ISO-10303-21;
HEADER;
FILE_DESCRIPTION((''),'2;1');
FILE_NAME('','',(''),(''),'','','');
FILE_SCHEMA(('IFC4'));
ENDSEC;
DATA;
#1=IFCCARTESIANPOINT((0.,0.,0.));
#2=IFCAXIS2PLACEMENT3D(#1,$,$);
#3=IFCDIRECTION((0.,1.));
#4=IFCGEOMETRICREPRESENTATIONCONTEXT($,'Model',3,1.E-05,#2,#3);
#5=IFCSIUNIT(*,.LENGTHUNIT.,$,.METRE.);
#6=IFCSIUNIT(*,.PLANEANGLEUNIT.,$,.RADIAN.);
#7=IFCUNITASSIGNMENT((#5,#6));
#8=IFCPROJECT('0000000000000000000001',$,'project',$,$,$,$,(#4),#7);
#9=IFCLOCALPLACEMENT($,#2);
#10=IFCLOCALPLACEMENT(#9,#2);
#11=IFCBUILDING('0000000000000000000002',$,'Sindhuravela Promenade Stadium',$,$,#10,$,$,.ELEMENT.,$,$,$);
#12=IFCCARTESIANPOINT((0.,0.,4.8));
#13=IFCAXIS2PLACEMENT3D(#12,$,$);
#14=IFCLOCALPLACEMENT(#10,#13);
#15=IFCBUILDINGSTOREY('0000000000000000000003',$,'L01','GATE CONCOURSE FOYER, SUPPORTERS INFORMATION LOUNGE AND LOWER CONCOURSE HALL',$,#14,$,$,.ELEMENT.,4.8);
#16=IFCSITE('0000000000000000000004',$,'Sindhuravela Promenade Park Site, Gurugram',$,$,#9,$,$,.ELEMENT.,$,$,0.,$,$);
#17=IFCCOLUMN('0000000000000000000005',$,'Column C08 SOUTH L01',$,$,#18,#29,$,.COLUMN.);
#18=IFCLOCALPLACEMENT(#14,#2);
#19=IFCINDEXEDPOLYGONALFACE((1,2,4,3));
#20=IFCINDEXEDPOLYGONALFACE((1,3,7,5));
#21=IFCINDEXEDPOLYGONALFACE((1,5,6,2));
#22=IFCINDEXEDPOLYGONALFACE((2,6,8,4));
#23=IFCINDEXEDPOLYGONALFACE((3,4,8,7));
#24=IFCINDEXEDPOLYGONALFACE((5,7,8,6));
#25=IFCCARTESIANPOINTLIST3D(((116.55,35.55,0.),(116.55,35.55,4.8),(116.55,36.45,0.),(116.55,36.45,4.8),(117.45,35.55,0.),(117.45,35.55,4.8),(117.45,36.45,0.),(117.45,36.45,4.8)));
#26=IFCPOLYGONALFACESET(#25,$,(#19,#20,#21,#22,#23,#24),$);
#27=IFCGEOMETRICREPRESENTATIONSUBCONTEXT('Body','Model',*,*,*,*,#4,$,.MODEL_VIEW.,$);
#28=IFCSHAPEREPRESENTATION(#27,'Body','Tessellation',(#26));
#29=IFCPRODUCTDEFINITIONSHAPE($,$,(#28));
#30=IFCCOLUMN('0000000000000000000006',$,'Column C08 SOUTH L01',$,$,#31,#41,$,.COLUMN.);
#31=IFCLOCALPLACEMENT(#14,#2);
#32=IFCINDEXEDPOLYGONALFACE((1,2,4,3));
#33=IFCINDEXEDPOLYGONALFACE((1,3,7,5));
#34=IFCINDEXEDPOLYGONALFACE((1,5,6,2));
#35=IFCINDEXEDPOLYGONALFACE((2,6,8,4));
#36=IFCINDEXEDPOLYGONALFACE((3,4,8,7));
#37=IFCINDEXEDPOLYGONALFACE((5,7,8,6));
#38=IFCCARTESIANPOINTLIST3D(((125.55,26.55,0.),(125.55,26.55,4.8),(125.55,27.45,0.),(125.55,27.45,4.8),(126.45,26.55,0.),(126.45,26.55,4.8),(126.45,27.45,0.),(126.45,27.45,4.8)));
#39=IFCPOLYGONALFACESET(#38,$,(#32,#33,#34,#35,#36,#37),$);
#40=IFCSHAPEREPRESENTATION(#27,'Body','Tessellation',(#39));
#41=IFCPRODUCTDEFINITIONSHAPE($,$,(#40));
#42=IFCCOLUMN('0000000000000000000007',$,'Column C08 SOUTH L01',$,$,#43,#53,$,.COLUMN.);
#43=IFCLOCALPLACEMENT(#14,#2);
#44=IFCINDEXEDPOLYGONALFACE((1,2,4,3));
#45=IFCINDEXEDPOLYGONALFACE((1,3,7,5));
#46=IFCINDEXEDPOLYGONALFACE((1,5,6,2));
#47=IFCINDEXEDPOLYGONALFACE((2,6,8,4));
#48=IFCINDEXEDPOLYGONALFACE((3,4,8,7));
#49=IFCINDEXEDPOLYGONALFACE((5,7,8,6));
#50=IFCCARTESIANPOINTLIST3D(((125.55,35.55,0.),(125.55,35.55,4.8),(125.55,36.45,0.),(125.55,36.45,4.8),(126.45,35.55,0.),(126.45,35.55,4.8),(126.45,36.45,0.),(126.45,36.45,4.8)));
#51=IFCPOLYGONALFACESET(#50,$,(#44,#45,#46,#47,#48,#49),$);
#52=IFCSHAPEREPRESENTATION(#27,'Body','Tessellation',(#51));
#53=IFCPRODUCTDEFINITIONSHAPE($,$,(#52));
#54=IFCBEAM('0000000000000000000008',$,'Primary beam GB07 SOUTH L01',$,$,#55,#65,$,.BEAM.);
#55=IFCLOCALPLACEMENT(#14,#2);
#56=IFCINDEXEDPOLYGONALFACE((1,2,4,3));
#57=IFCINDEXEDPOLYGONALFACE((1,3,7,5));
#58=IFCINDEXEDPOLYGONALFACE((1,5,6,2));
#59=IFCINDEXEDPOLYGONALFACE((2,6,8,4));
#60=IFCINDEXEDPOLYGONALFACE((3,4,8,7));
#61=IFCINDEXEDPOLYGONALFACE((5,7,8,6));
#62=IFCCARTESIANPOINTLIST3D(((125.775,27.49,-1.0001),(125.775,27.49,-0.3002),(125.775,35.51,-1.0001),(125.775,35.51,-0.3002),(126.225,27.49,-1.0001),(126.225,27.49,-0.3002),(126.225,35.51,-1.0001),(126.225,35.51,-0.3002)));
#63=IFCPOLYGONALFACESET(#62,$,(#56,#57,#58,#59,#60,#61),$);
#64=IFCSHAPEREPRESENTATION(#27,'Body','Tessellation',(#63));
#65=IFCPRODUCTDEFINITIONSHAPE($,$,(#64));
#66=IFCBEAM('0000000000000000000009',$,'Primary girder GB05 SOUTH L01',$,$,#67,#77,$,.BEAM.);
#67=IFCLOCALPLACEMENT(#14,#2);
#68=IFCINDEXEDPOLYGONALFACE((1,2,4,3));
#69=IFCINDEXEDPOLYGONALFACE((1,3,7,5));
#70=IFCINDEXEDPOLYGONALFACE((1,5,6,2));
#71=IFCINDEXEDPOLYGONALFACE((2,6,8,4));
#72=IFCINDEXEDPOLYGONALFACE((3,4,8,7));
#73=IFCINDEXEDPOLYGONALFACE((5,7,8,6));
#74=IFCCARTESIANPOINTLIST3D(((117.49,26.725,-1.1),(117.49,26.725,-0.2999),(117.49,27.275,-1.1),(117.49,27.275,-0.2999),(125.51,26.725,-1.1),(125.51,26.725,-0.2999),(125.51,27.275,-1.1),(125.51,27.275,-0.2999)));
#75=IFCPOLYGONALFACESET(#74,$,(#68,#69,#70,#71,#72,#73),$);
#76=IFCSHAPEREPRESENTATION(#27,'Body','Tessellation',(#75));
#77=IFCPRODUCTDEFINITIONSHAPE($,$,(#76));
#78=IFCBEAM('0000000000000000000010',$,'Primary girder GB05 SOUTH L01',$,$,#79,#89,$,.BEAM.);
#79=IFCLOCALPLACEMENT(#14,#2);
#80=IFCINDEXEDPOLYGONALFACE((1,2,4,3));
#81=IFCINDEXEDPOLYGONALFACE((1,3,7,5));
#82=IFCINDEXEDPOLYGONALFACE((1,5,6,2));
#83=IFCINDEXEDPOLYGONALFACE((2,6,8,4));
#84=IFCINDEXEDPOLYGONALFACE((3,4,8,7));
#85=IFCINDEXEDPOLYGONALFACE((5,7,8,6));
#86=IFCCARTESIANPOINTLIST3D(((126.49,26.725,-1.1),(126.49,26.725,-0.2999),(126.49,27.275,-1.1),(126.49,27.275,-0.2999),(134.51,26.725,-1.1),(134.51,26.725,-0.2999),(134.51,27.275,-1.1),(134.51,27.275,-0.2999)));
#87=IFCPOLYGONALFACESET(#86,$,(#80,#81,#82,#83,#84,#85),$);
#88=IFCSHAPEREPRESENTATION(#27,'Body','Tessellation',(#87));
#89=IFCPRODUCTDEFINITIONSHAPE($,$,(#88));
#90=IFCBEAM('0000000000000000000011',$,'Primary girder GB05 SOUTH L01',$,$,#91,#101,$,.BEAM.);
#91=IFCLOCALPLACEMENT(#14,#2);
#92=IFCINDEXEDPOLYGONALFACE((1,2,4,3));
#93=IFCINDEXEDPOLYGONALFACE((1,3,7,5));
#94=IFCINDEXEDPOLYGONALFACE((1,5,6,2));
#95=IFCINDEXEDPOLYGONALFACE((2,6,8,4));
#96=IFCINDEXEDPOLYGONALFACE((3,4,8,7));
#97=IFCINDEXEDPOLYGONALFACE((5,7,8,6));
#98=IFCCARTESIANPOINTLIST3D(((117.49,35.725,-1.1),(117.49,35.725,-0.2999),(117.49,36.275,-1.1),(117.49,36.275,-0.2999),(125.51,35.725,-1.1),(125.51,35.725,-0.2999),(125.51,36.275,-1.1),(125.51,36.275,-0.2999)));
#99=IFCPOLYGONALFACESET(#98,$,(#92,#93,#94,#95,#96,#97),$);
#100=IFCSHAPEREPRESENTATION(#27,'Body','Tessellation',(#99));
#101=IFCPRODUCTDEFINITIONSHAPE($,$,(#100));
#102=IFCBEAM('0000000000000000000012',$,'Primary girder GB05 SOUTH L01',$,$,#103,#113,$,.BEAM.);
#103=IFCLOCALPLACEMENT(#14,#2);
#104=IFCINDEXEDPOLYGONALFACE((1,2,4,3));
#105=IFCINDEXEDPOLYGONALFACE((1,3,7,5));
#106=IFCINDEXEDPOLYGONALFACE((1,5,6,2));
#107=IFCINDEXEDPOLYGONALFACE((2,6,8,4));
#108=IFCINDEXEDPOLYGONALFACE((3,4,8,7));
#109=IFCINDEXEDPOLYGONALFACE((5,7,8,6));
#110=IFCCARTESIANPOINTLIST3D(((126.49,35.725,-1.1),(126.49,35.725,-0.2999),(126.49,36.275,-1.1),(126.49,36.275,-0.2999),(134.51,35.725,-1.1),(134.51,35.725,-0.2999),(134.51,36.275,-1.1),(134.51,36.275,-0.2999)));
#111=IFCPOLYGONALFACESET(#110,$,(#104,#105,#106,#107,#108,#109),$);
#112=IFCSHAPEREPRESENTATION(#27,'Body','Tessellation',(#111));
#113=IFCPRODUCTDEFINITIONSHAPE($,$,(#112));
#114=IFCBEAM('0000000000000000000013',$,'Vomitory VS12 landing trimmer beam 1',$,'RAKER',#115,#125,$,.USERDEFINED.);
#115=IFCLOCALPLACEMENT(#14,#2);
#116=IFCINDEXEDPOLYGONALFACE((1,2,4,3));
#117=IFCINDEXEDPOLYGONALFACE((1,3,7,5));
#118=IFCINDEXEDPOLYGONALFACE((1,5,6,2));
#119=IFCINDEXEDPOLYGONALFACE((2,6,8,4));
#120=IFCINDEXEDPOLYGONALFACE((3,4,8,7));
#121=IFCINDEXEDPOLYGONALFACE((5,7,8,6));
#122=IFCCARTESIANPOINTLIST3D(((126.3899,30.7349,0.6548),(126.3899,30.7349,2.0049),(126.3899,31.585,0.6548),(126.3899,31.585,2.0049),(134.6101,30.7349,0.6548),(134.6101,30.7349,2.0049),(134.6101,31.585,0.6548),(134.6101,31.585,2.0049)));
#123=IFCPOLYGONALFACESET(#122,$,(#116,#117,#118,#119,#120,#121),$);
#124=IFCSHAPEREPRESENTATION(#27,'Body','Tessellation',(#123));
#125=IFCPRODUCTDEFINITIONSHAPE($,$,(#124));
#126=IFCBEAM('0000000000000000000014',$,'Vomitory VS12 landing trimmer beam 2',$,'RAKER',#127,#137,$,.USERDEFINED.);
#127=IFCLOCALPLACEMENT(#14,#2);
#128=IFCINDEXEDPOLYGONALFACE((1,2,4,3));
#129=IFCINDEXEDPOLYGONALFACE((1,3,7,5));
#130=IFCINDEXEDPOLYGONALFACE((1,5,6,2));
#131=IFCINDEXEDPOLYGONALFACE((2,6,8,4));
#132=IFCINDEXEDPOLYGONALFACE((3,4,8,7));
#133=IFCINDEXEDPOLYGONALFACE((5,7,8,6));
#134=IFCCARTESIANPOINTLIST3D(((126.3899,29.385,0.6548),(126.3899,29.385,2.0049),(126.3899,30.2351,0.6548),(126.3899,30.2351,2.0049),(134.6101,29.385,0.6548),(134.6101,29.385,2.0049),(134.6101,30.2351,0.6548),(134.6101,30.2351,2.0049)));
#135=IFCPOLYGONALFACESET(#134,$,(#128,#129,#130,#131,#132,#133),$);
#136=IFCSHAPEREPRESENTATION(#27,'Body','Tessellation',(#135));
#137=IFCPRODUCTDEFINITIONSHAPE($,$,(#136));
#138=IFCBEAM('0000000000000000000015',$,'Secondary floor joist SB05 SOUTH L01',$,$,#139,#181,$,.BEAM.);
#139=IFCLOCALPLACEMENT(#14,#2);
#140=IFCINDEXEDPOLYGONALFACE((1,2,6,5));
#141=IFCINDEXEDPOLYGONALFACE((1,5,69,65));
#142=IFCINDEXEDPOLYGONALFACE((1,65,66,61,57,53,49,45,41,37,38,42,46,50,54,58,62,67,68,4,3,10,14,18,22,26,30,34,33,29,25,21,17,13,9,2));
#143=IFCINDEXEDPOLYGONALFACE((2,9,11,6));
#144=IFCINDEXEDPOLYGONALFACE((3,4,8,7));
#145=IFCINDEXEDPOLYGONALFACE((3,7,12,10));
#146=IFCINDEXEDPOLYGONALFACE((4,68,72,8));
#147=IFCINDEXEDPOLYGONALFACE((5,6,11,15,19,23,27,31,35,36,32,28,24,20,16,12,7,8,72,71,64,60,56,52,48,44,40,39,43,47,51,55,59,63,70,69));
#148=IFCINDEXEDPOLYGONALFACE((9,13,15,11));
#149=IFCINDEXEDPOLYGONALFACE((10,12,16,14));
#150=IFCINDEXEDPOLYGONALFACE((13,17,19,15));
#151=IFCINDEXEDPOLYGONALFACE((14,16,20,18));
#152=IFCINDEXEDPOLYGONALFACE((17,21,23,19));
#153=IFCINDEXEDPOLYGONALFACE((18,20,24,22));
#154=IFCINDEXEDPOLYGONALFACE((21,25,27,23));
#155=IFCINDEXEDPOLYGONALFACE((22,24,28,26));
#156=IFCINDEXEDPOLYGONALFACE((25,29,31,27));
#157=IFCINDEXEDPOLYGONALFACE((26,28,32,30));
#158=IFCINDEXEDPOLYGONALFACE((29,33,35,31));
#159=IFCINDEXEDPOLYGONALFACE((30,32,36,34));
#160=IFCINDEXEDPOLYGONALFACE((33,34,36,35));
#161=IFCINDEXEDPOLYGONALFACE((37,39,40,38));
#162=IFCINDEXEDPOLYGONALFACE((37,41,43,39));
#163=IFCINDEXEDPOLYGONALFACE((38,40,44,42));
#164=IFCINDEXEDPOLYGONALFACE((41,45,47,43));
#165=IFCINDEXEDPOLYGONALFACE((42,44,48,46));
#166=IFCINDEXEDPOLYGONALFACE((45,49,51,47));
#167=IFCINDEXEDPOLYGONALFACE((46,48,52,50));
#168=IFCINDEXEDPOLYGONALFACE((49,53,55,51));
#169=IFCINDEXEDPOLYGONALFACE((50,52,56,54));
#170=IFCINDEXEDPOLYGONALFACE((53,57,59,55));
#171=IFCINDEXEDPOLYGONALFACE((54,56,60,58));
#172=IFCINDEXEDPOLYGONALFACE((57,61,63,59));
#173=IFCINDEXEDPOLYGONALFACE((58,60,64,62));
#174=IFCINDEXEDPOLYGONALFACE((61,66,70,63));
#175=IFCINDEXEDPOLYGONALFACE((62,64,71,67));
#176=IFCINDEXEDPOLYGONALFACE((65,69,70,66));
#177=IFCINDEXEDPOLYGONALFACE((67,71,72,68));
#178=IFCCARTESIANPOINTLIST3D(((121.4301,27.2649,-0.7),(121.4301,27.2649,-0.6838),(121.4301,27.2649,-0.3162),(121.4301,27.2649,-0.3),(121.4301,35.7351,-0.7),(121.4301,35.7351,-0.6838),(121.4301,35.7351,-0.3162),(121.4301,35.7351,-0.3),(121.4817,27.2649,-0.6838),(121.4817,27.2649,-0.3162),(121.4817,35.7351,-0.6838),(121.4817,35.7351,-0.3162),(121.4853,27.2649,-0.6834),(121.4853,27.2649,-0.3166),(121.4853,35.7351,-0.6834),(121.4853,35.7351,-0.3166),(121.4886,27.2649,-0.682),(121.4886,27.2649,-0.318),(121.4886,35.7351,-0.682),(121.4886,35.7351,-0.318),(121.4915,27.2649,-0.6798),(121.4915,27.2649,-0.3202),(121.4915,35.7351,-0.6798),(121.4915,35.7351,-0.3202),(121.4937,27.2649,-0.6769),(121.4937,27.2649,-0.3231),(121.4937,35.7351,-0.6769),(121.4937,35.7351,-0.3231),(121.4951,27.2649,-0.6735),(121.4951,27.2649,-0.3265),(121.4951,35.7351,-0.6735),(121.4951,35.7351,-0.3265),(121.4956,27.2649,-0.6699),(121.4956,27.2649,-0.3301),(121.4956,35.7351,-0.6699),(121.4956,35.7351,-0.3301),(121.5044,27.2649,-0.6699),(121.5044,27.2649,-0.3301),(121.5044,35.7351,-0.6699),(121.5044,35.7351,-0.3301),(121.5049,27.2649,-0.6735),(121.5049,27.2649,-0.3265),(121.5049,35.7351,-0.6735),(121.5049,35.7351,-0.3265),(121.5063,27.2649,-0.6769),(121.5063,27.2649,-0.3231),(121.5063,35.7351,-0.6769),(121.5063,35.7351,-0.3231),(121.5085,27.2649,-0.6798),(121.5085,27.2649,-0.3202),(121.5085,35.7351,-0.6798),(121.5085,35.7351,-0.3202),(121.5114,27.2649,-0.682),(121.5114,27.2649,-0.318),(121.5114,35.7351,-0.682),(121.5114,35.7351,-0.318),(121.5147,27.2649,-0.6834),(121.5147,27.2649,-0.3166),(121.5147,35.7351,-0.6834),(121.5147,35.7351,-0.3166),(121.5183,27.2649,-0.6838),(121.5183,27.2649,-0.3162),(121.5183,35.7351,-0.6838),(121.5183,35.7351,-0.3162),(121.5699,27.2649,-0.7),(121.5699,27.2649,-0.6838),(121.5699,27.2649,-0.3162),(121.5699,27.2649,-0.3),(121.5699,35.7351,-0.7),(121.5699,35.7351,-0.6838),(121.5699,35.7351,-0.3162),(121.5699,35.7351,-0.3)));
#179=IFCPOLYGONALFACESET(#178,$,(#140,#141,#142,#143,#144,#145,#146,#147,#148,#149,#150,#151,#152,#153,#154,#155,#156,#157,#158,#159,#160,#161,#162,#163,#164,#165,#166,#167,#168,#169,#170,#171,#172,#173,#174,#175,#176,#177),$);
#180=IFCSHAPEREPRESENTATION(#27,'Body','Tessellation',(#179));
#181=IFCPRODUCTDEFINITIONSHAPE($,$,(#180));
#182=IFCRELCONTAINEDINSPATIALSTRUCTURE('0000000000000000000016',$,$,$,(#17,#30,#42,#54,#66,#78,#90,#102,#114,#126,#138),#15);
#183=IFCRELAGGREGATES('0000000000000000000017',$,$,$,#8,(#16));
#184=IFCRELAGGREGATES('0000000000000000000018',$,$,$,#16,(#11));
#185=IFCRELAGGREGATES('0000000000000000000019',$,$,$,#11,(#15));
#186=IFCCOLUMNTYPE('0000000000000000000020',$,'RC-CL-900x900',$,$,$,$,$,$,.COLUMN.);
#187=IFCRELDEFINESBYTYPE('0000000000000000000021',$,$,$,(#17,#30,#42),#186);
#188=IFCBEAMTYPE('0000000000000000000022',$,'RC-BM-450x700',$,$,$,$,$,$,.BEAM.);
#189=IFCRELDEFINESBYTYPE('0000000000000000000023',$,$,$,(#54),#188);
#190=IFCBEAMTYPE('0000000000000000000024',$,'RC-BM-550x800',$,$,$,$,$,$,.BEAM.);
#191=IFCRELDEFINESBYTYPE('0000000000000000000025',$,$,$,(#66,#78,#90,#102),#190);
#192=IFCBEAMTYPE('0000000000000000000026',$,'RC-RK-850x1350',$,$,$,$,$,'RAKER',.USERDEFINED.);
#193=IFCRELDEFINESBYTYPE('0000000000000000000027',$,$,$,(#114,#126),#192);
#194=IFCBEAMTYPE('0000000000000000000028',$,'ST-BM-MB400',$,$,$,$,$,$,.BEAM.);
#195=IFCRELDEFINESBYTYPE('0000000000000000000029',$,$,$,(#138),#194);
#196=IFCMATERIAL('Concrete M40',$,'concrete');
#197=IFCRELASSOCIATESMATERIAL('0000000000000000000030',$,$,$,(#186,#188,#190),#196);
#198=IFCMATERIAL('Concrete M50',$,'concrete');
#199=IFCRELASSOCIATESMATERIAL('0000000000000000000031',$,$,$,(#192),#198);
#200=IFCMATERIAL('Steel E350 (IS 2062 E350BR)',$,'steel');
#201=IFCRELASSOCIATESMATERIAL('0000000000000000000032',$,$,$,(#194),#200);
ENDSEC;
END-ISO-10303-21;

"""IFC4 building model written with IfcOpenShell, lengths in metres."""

from ifc_helpers import new_model, si_unit, direction, frame, origin, origin_2d, place, context, subcontext, project, spatial, rectangle, i_section, extrude, material, material_profile, profile_set, type_object, element, save


model = new_model("IFC4")

# Units and contexts
model_context = context("Model", 3, precision=1e-05, world=origin(), true_north=direction((0.0, 1.0)))
body_context = subcontext(model_context, "Body", "Model", "MODEL_VIEW")
ifc_project = project(units=[si_unit("LENGTHUNIT", "METRE"), si_unit("PLANEANGLEUNIT", "RADIAN")], contexts=[model_context])

# Site, building, storey
site_placement = place(None, origin())
site = spatial("IfcSite", under=ifc_project, at=site_placement, Name="Sindhuravela Promenade Park Site, Gurugram", CompositionType="ELEMENT", RefElevation=0.0)
building_placement = place(site_placement, origin())
building = spatial("IfcBuilding", under=site, at=building_placement, Name="Sindhuravela Promenade Stadium", CompositionType="ELEMENT")
storey_placement = place(building_placement, frame((0.0, 0.0, 4.8)))
storey = spatial("IfcBuildingStorey", under=building, at=storey_placement, Name="L01", Description="GATE CONCOURSE FOYER, SUPPORTERS INFORMATION LOUNGE AND LOWER CONCOURSE HALL", CompositionType="ELEMENT", Elevation=4.8)

# Columns
ifc_material_1 = material(Name="Concrete M40", Category="concrete")
ifc_material_profile_1 = material_profile(ifc_material_1, rectangle(XDim=0.8999, YDim=0.8999, at=origin_2d()), Name="RC 900x900")
ifc_profile_set_1 = profile_set([ifc_material_profile_1], Name="Concrete M40")
column_type = type_object("IfcColumnType", Name="RC-CL-900x900", PredefinedType="COLUMN", material=ifc_profile_set_1)
for number, where, z_axis, x_axis, name in (
    (1, (117.0, 36.0, 0.0), (0.0, 0.0, 1.0), (1.0, 0.0, 0.0), "Column C08 SOUTH L01"),
    (2, (126.0, 27.0, 0.0), (0.0, 0.0, 1.0), (1.0, 0.0, 0.0), "Column C08 SOUTH L01"),
    (3, (126.0, 36.0, 0.0), (0.0, 0.0, 1.0), (1.0, 0.0, 0.0), "Column C08 SOUTH L01"),
):
    element("IfcColumn", number, at=place(storey_placement, frame(where, z_axis=z_axis, x_axis=x_axis)), inside=storey, type_object=column_type, Name=name, PredefinedType="COLUMN", context=body_context, shape_type="SweptSolid", body=[
        extrude(rectangle(XDim=0.8999, YDim=0.8999, at=origin_2d()), origin(), (0.0, 0.0, 1.0), 4.8),
    ])

# Beams
ifc_material_profile_2 = material_profile(ifc_material_1, rectangle(XDim=0.45, YDim=0.7, at=origin_2d()), Name="RC 450x700")
ifc_profile_set_2 = profile_set([ifc_material_profile_2], Name="Concrete M40")
beam_type_1 = type_object("IfcBeamType", Name="RC-BM-450x700", PredefinedType="BEAM", material=ifc_profile_set_2)
beam_1_placement = place(storey_placement, frame((126.0, 27.49, -0.6501), z_axis=(0.0, 1.0, 0.0), x_axis=(-1.0, 0.0, 0.0)))
element("IfcBeam", 4, at=beam_1_placement, inside=storey, type_object=beam_type_1, Name="Primary beam GB07 SOUTH L01", PredefinedType="BEAM", context=body_context, shape_type="SweptSolid", body=[
    extrude(rectangle(XDim=0.45, YDim=0.7, at=origin_2d()), origin(), (0.0, 0.0, 1.0), 8.02),
])
ifc_material_profile_3 = material_profile(ifc_material_1, rectangle(XDim=0.55, YDim=0.8, at=origin_2d()), Name="RC 550x800")
ifc_profile_set_3 = profile_set([ifc_material_profile_3], Name="Concrete M40")
beam_type_2 = type_object("IfcBeamType", Name="RC-BM-550x800", PredefinedType="BEAM", material=ifc_profile_set_3)
for number, where, z_axis, x_axis, name in (
    (5, (117.49, 27.0, -0.7), (1.0, 0.0, 0.0), (0.0, 1.0, 0.0), "Primary girder GB05 SOUTH L01"),
    (6, (126.49, 27.0, -0.7), (1.0, 0.0, 0.0), (0.0, 1.0, 0.0), "Primary girder GB05 SOUTH L01"),
    (7, (117.49, 36.0, -0.7), (1.0, 0.0, 0.0), (0.0, 1.0, 0.0), "Primary girder GB05 SOUTH L01"),
    (8, (126.49, 36.0, -0.7), (1.0, 0.0, 0.0), (0.0, 1.0, 0.0), "Primary girder GB05 SOUTH L01"),
):
    element("IfcBeam", number, at=place(storey_placement, frame(where, z_axis=z_axis, x_axis=x_axis)), inside=storey, type_object=beam_type_2, Name=name, PredefinedType="BEAM", context=body_context, shape_type="SweptSolid", body=[
        extrude(rectangle(XDim=0.55, YDim=0.8, at=origin_2d()), origin(), (0.0, 0.0, 1.0), 8.02),
    ])
ifc_material_2 = material(Name="Concrete M50", Category="concrete")
ifc_material_profile_4 = material_profile(ifc_material_2, rectangle(XDim=0.8501, YDim=1.3501, at=origin_2d()), Name="RC 850x1350")
ifc_profile_set_4 = profile_set([ifc_material_profile_4], Name="Concrete M50")
beam_type_3 = type_object("IfcBeamType", Name="RC-RK-850x1350", ElementType="RAKER", PredefinedType="USERDEFINED", material=ifc_profile_set_4)
for number, where, z_axis, x_axis, name in (
    (9, (126.3899, 31.1599, 1.3298), (1.0, 0.0, 0.0), (0.0, 1.0, 0.0), "Vomitory VS12 landing trimmer beam 1"),
    (10, (126.3899, 29.8101, 1.3298), (1.0, 0.0, 0.0), (0.0, 1.0, 0.0), "Vomitory VS12 landing trimmer beam 2"),
):
    element("IfcBeam", number, at=place(storey_placement, frame(where, z_axis=z_axis, x_axis=x_axis)), inside=storey, type_object=beam_type_3, Name=name, ObjectType="RAKER", PredefinedType="USERDEFINED", context=body_context, shape_type="SweptSolid", body=[
        extrude(rectangle(XDim=0.8501, YDim=1.3501, at=origin_2d()), origin(), (0.0, 0.0, 1.0), 8.2202),
    ])
ifc_material_3 = material(Name="Steel E350 (IS 2062 E350BR)", Category="steel")
ifc_material_profile_5 = material_profile(ifc_material_3, i_section(OverallWidth=0.1399, OverallDepth=0.3999, WebThickness=0.0088, FlangeThickness=0.0161, FilletRadius=0.0139, at=origin_2d()), Name="ISMB 400")
ifc_profile_set_5 = profile_set([ifc_material_profile_5], Name="Steel E350 (IS 2062 E350BR)")
beam_type_4 = type_object("IfcBeamType", Name="ST-BM-MB400", PredefinedType="BEAM", material=ifc_profile_set_5)
beam_2_placement = place(storey_placement, frame((121.5, 27.2649, -0.5), z_axis=(0.0, 1.0, 0.0), x_axis=(-1.0, 0.0, 0.0)))
element("IfcBeam", 11, at=beam_2_placement, inside=storey, type_object=beam_type_4, Name="Secondary floor joist SB05 SOUTH L01", PredefinedType="BEAM", context=body_context, shape_type="SweptSolid", body=[
    extrude(i_section(OverallWidth=0.1399, OverallDepth=0.3999, WebThickness=0.0088, FlangeThickness=0.0161, FilletRadius=0.0139, at=origin_2d()), origin(), (0.0, 0.0, 1.0), 8.4702),
])

save(model, "model.ifc")
